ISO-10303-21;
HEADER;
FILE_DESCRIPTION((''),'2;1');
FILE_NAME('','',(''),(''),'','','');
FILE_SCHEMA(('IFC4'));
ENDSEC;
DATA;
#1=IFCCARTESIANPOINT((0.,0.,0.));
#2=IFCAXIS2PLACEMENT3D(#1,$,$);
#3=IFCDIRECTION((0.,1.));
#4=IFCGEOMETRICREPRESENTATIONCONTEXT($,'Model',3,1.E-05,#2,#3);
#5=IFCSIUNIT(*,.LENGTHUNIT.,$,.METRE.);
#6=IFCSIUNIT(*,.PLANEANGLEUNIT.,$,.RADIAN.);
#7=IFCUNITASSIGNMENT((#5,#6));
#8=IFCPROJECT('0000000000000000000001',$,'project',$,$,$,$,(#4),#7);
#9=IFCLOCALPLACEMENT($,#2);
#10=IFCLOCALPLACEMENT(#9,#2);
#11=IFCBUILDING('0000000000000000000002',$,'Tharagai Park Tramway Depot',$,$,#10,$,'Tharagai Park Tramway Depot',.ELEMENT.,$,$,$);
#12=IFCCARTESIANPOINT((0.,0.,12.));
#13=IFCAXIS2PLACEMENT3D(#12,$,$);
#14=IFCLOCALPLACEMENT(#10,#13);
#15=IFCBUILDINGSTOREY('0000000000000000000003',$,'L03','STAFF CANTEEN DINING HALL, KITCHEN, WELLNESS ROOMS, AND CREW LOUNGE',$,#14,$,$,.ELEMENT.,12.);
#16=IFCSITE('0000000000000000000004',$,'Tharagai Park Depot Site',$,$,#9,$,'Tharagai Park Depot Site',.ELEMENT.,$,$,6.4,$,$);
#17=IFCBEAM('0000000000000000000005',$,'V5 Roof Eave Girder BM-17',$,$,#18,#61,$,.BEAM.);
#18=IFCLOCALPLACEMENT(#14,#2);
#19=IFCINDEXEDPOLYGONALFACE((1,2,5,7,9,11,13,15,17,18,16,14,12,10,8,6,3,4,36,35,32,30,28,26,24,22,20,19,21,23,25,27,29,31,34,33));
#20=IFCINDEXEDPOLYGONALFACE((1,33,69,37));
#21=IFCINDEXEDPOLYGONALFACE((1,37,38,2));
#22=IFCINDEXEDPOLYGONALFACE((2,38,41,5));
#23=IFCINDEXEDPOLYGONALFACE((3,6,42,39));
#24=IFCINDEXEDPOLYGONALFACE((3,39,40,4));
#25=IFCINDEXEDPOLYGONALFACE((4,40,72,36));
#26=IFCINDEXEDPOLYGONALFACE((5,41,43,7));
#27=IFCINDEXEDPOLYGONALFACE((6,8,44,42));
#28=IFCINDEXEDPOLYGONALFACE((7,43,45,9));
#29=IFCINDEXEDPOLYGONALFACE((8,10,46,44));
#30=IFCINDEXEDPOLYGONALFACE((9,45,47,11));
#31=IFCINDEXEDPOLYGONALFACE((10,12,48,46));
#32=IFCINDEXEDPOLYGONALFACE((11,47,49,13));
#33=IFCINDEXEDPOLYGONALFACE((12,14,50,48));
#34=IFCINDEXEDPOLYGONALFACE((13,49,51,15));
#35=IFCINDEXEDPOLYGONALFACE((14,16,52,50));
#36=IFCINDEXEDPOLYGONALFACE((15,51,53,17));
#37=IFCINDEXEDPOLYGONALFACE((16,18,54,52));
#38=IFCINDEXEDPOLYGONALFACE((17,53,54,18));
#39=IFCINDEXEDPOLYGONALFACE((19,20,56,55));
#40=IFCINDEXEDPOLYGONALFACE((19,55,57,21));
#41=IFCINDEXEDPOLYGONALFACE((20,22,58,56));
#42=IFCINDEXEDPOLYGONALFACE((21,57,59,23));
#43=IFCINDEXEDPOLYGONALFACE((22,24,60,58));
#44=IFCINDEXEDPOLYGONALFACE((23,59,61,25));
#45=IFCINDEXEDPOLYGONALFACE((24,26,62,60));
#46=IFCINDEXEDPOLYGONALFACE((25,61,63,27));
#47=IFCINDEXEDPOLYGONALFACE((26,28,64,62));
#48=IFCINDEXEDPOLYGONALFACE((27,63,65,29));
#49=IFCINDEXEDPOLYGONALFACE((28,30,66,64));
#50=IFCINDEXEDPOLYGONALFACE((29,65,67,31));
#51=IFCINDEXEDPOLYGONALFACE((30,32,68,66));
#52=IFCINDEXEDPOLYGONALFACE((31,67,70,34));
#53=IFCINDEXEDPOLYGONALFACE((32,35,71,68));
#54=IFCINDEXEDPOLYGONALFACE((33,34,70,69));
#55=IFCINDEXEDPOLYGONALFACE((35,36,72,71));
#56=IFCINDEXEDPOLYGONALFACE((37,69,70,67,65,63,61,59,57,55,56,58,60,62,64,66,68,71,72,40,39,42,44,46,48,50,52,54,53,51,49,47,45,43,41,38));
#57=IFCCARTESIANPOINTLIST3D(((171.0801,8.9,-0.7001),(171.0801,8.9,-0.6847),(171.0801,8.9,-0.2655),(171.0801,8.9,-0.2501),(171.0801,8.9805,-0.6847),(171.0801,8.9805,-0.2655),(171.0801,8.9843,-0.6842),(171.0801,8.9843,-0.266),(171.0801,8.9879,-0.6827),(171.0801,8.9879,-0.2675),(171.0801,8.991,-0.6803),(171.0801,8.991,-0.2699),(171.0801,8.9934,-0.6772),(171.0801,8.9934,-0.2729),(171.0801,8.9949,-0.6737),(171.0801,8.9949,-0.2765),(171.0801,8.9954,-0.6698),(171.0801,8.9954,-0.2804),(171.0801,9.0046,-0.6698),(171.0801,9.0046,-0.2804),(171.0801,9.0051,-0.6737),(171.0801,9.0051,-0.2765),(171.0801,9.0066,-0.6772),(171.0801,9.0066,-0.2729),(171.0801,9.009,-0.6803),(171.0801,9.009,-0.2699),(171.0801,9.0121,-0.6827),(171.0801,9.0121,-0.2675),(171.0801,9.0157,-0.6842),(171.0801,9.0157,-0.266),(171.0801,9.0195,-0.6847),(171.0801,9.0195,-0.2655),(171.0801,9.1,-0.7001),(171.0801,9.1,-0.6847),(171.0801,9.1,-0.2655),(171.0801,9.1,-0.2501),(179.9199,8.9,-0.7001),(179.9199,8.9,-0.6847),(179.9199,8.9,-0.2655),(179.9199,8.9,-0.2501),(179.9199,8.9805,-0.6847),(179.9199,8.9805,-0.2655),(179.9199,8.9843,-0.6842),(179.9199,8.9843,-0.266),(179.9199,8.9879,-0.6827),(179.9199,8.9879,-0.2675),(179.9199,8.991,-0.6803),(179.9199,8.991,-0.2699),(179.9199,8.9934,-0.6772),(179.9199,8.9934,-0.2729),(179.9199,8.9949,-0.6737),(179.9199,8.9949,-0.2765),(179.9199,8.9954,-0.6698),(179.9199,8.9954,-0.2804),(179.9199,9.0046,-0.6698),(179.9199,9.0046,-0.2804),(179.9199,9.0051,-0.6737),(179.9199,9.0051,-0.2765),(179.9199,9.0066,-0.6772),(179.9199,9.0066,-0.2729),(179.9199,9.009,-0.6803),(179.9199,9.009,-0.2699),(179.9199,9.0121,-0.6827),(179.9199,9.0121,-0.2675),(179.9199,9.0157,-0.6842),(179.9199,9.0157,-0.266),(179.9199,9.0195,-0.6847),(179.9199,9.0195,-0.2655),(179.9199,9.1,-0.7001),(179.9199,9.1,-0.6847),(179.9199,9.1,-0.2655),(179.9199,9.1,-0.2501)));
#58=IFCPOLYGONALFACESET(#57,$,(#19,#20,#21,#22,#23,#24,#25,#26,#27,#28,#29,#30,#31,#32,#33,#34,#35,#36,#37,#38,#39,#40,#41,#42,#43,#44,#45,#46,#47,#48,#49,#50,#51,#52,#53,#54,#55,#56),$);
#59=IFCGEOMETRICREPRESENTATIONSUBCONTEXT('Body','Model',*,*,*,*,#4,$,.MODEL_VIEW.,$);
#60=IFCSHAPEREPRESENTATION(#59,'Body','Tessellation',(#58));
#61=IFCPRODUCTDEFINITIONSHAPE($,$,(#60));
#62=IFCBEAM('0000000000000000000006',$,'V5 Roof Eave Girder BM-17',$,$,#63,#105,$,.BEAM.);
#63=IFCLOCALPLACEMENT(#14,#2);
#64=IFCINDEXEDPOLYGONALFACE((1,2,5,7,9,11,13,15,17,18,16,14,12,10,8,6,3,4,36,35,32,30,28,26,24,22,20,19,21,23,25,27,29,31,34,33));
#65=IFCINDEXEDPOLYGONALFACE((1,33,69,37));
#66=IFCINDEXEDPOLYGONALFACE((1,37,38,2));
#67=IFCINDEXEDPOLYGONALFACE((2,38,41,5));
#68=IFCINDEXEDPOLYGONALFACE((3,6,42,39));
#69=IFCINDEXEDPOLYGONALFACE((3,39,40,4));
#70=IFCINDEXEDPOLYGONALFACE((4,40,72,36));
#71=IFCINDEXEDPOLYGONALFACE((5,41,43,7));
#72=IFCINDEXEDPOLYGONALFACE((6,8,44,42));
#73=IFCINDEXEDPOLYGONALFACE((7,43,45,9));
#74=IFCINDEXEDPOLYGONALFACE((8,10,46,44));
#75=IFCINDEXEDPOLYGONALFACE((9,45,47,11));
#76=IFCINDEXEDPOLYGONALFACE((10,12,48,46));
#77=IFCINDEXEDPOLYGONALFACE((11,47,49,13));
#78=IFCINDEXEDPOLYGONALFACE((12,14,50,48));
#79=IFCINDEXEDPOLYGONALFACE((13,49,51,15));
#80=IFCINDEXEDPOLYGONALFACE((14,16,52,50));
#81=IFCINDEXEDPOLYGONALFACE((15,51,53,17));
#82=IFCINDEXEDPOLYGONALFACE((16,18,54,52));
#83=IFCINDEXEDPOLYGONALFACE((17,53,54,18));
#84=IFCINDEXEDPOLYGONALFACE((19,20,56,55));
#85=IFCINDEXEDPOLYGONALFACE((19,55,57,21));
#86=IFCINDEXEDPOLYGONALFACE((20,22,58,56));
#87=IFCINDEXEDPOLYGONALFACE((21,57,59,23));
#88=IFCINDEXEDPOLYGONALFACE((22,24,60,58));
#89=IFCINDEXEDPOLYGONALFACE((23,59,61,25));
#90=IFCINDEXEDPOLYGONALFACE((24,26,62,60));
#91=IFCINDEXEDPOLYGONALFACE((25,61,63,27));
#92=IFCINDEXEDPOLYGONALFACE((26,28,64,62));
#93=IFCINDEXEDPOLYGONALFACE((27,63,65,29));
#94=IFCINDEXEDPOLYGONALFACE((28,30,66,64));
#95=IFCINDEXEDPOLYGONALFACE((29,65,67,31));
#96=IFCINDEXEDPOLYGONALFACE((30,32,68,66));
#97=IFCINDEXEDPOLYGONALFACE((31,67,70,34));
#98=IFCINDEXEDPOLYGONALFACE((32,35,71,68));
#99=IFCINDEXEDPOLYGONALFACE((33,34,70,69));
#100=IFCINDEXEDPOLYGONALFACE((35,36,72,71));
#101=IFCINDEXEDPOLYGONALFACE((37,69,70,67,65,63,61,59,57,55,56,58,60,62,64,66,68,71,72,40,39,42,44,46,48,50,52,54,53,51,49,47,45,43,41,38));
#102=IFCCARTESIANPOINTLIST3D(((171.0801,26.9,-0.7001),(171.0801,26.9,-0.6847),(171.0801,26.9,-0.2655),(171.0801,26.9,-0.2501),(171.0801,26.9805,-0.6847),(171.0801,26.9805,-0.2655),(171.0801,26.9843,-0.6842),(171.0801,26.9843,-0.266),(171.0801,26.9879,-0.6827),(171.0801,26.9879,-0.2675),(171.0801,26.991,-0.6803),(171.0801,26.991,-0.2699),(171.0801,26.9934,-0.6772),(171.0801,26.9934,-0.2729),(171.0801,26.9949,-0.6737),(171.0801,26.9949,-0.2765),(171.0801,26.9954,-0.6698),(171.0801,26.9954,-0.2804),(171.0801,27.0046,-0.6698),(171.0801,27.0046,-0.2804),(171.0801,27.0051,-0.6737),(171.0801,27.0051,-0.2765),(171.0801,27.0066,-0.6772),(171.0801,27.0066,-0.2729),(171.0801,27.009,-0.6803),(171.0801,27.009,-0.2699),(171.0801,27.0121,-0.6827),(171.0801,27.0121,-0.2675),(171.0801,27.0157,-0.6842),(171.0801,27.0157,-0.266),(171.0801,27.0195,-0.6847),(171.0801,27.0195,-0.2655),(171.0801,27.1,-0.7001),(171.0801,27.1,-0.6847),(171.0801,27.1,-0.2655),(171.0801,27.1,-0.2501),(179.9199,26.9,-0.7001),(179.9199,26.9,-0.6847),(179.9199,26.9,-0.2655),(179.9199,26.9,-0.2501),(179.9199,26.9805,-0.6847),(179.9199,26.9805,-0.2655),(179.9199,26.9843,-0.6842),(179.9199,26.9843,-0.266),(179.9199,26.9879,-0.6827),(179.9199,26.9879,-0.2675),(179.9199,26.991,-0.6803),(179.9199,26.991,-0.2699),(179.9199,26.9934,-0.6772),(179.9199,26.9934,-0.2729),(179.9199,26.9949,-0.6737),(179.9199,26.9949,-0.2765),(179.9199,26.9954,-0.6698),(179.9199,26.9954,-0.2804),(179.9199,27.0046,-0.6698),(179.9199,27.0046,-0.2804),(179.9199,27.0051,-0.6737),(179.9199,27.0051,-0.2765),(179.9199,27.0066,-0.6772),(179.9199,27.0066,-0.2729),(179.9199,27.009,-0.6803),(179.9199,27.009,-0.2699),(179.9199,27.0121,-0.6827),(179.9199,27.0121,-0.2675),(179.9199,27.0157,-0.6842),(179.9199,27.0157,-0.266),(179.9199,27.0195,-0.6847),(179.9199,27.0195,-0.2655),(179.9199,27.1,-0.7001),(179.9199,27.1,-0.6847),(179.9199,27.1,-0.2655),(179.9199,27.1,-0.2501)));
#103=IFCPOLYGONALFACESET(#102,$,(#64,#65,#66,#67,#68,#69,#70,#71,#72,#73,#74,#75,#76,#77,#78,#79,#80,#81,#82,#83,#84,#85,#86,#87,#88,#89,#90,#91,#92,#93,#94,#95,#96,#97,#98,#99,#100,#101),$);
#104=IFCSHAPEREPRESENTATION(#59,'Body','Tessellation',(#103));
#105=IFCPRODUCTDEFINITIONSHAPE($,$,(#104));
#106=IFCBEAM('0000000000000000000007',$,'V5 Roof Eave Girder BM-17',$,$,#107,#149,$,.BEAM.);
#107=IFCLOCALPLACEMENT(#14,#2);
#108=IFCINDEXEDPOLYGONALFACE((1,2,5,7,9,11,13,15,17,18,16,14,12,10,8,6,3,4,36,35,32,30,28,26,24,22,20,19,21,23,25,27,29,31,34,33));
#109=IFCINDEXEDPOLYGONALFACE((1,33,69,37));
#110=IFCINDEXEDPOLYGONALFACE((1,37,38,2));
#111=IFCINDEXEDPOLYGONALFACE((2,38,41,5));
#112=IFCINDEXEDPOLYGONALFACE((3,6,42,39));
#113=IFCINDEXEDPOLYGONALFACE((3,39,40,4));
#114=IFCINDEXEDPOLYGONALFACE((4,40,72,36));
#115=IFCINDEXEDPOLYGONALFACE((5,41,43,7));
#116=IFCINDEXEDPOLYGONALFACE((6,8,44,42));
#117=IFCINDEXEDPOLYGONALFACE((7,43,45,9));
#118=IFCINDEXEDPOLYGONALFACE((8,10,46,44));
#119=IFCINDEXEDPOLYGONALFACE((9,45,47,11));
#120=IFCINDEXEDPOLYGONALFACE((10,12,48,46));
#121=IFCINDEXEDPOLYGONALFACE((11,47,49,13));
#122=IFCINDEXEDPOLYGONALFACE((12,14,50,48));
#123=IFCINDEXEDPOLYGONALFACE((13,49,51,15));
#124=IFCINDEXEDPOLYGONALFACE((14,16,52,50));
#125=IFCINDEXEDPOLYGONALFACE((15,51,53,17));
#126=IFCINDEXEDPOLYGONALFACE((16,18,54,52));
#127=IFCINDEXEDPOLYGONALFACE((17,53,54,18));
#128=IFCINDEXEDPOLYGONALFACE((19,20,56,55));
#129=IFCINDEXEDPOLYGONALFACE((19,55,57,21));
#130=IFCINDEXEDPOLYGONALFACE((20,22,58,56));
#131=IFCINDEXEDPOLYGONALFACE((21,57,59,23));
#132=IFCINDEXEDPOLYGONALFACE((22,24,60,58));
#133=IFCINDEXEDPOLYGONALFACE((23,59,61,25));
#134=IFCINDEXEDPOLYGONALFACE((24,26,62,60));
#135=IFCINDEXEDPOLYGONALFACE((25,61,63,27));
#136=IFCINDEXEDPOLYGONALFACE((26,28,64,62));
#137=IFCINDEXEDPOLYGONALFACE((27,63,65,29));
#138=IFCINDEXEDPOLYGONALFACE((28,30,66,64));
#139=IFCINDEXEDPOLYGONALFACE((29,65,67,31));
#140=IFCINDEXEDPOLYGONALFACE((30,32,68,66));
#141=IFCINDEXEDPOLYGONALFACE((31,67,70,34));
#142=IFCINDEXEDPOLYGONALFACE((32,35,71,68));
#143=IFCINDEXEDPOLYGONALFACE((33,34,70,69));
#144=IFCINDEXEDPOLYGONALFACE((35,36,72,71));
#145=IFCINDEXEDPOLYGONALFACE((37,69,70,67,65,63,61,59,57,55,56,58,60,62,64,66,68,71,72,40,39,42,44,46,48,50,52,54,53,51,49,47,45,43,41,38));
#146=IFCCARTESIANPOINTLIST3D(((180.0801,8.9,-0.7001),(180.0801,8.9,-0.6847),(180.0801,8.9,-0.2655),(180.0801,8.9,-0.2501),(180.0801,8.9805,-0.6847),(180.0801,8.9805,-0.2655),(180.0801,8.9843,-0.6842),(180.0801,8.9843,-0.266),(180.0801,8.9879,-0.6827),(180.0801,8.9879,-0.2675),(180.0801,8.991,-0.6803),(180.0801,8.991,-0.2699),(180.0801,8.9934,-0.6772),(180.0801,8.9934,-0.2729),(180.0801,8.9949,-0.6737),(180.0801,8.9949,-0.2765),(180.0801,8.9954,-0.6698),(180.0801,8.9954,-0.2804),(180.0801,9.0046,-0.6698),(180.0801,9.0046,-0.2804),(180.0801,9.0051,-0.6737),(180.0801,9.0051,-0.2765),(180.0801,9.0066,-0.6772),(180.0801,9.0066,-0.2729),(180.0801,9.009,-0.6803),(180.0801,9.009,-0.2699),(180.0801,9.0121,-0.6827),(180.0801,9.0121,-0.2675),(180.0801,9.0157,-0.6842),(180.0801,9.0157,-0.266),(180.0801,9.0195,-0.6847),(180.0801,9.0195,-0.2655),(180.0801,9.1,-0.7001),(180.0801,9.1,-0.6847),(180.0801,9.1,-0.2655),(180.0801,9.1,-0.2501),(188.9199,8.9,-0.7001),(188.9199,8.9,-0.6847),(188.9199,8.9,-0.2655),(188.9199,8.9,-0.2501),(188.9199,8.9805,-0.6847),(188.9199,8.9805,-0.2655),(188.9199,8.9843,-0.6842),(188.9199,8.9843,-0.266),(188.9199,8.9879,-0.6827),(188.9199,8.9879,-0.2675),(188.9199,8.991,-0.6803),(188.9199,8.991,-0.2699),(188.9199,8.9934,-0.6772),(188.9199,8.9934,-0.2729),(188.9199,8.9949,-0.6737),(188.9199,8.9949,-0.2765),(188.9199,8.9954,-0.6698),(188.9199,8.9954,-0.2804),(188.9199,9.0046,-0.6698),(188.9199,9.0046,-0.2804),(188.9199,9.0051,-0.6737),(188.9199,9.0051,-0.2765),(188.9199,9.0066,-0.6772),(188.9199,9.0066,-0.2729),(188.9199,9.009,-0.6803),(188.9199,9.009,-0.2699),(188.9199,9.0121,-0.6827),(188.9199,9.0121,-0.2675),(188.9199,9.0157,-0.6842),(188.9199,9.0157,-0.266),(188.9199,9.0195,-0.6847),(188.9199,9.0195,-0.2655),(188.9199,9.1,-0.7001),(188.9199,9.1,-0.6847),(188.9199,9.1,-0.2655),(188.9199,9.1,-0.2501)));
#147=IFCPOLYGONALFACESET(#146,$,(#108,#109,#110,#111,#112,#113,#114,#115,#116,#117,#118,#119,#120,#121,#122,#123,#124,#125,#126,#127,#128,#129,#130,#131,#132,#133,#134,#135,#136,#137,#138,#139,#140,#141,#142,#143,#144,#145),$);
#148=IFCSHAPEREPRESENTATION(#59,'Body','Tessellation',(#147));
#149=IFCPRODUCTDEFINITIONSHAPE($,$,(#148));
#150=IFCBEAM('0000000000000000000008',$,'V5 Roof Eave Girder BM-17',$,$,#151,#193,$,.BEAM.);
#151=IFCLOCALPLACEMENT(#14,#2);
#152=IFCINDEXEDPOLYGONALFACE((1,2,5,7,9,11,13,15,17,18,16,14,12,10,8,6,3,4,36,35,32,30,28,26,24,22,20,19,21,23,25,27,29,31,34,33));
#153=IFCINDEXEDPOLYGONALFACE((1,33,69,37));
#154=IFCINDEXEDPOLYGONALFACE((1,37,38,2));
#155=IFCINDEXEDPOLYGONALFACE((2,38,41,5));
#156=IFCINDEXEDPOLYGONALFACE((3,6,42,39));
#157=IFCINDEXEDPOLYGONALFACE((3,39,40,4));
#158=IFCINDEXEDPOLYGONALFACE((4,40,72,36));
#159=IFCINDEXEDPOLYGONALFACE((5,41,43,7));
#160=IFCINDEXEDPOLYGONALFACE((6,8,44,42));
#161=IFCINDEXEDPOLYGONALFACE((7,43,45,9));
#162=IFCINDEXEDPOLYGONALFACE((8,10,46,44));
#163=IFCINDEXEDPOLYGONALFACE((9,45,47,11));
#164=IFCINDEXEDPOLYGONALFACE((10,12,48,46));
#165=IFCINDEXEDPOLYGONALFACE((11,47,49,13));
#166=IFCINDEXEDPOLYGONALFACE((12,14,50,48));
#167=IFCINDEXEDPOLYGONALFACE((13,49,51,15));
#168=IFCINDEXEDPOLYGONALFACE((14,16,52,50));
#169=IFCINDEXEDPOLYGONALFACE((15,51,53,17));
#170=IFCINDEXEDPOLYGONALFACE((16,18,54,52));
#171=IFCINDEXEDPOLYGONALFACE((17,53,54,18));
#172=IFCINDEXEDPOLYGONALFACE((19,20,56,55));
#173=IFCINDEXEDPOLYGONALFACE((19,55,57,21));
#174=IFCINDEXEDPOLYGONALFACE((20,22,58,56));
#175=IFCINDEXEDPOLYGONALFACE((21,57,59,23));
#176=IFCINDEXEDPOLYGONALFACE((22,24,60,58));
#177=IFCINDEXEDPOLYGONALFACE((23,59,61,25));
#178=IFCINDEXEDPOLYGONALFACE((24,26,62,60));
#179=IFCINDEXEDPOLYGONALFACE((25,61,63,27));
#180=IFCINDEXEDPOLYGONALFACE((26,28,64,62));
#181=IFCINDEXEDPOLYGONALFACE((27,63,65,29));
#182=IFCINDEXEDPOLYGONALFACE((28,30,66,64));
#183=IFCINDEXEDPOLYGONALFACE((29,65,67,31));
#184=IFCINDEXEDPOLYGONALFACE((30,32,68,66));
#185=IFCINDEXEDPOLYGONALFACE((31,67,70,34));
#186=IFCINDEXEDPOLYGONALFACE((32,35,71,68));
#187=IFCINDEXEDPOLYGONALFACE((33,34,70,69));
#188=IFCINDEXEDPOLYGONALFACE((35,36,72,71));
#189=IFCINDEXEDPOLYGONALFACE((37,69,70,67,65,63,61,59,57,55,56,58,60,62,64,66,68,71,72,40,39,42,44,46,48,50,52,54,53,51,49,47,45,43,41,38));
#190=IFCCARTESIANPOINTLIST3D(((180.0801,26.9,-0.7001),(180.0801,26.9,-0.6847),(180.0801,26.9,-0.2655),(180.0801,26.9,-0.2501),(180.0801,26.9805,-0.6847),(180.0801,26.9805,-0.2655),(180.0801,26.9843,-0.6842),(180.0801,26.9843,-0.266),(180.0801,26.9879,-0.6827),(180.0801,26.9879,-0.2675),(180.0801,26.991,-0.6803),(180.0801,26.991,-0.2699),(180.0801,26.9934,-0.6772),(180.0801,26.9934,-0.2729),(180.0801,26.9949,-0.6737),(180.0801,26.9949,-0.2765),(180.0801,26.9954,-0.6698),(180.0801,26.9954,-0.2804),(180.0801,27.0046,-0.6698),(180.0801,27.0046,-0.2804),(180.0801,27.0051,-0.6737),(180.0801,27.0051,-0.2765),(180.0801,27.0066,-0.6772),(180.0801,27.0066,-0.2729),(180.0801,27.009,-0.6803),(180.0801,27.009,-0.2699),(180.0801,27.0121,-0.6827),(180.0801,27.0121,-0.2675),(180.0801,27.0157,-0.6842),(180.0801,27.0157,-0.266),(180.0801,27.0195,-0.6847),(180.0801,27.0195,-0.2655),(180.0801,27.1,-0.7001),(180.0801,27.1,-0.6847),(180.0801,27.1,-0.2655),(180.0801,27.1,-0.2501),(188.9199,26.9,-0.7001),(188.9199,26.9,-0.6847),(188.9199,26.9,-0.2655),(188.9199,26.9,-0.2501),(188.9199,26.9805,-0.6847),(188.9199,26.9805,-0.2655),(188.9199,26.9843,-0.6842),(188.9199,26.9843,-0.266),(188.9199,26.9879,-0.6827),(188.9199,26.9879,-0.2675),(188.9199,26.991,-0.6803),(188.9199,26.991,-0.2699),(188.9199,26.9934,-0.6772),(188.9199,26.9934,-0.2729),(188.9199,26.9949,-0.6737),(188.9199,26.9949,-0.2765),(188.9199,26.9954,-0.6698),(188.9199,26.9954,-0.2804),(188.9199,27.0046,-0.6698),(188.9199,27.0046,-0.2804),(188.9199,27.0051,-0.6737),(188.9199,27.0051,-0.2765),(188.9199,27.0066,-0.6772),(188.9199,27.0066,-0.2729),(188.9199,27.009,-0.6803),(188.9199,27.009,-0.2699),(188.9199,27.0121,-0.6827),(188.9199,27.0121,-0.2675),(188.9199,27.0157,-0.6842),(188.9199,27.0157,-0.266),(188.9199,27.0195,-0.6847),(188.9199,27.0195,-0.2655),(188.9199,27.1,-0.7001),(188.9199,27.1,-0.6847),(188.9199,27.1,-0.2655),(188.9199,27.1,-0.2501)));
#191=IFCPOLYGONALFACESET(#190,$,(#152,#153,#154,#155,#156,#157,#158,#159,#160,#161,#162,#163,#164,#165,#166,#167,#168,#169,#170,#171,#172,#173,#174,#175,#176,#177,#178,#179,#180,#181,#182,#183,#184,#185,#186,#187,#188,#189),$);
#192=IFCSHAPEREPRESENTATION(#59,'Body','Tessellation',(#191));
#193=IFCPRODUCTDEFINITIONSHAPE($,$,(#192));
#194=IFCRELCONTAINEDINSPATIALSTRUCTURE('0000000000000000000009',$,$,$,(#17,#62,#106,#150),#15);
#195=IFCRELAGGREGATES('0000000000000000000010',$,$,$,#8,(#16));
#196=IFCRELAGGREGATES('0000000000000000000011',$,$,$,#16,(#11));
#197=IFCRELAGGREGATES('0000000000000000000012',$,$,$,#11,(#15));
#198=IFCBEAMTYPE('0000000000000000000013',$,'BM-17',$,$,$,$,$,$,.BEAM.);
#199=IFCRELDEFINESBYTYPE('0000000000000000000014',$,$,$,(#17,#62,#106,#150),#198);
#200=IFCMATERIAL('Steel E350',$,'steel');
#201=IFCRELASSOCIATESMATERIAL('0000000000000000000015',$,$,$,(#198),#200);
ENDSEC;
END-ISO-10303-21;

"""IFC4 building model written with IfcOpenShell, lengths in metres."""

from ifc_helpers import new_model, si_unit, direction, frame, origin, origin_2d, place, context, subcontext, project, spatial, i_section, extrude, material, material_profile, profile_set, type_object, element, save


model = new_model("IFC4")

# Units and contexts
model_context = context("Model", 3, precision=1e-05, world=origin(), true_north=direction((0.0, 1.0)))
body_context = subcontext(model_context, "Body", "Model", "MODEL_VIEW")
ifc_project = project(units=[si_unit("LENGTHUNIT", "METRE"), si_unit("PLANEANGLEUNIT", "RADIAN")], contexts=[model_context])

# Site, building, storey
site_placement = place(None, origin())
site = spatial("IfcSite", under=ifc_project, at=site_placement, Name="Tharagai Park Depot Site", LongName="Tharagai Park Depot Site", CompositionType="ELEMENT", RefElevation=6.4)
building_placement = place(site_placement, origin())
building = spatial("IfcBuilding", under=site, at=building_placement, Name="Tharagai Park Tramway Depot", LongName="Tharagai Park Tramway Depot", CompositionType="ELEMENT")
storey_placement = place(building_placement, frame((0.0, 0.0, 12.0)))
storey = spatial("IfcBuildingStorey", under=building, at=storey_placement, Name="L03", Description="STAFF CANTEEN DINING HALL, KITCHEN, WELLNESS ROOMS, AND CREW LOUNGE", CompositionType="ELEMENT", Elevation=12.0)

# Beams
ifc_material_1 = material(Name="Steel E350", Category="steel")
ifc_material_profile_1 = material_profile(ifc_material_1, i_section(OverallWidth=0.2, OverallDepth=0.45, WebThickness=0.0093, FlangeThickness=0.0154, FilletRadius=0.0149, at=origin_2d()), Name="ISWB 450")
ifc_profile_set_1 = profile_set([ifc_material_profile_1], Name="Steel E350")
beam_type = type_object("IfcBeamType", Name="BM-17", PredefinedType="BEAM", material=ifc_profile_set_1)
for number, where, z_axis, x_axis, name in (
    (1, (171.0801, 9.0, -0.4751), (1.0, 0.0, 0.0), (0.0, 1.0, 0.0), "V5 Roof Eave Girder BM-17"),
    (2, (171.0801, 27.0, -0.4751), (1.0, 0.0, 0.0), (0.0, 1.0, 0.0), "V5 Roof Eave Girder BM-17"),
    (3, (180.0801, 9.0, -0.4751), (1.0, 0.0, 0.0), (0.0, 1.0, 0.0), "V5 Roof Eave Girder BM-17"),
    (4, (180.0801, 27.0, -0.4751), (1.0, 0.0, 0.0), (0.0, 1.0, 0.0), "V5 Roof Eave Girder BM-17"),
):
    element("IfcBeam", number, at=place(storey_placement, frame(where, z_axis=z_axis, x_axis=x_axis)), inside=storey, type_object=beam_type, Name=name, PredefinedType="BEAM", context=body_context, shape_type="SweptSolid", body=[
        extrude(i_section(OverallWidth=0.2, OverallDepth=0.45, WebThickness=0.0093, FlangeThickness=0.0154, FilletRadius=0.0149, at=origin_2d()), origin(), (0.0, 0.0, 1.0), 8.8398),
    ])

save(model, "model.ifc")
